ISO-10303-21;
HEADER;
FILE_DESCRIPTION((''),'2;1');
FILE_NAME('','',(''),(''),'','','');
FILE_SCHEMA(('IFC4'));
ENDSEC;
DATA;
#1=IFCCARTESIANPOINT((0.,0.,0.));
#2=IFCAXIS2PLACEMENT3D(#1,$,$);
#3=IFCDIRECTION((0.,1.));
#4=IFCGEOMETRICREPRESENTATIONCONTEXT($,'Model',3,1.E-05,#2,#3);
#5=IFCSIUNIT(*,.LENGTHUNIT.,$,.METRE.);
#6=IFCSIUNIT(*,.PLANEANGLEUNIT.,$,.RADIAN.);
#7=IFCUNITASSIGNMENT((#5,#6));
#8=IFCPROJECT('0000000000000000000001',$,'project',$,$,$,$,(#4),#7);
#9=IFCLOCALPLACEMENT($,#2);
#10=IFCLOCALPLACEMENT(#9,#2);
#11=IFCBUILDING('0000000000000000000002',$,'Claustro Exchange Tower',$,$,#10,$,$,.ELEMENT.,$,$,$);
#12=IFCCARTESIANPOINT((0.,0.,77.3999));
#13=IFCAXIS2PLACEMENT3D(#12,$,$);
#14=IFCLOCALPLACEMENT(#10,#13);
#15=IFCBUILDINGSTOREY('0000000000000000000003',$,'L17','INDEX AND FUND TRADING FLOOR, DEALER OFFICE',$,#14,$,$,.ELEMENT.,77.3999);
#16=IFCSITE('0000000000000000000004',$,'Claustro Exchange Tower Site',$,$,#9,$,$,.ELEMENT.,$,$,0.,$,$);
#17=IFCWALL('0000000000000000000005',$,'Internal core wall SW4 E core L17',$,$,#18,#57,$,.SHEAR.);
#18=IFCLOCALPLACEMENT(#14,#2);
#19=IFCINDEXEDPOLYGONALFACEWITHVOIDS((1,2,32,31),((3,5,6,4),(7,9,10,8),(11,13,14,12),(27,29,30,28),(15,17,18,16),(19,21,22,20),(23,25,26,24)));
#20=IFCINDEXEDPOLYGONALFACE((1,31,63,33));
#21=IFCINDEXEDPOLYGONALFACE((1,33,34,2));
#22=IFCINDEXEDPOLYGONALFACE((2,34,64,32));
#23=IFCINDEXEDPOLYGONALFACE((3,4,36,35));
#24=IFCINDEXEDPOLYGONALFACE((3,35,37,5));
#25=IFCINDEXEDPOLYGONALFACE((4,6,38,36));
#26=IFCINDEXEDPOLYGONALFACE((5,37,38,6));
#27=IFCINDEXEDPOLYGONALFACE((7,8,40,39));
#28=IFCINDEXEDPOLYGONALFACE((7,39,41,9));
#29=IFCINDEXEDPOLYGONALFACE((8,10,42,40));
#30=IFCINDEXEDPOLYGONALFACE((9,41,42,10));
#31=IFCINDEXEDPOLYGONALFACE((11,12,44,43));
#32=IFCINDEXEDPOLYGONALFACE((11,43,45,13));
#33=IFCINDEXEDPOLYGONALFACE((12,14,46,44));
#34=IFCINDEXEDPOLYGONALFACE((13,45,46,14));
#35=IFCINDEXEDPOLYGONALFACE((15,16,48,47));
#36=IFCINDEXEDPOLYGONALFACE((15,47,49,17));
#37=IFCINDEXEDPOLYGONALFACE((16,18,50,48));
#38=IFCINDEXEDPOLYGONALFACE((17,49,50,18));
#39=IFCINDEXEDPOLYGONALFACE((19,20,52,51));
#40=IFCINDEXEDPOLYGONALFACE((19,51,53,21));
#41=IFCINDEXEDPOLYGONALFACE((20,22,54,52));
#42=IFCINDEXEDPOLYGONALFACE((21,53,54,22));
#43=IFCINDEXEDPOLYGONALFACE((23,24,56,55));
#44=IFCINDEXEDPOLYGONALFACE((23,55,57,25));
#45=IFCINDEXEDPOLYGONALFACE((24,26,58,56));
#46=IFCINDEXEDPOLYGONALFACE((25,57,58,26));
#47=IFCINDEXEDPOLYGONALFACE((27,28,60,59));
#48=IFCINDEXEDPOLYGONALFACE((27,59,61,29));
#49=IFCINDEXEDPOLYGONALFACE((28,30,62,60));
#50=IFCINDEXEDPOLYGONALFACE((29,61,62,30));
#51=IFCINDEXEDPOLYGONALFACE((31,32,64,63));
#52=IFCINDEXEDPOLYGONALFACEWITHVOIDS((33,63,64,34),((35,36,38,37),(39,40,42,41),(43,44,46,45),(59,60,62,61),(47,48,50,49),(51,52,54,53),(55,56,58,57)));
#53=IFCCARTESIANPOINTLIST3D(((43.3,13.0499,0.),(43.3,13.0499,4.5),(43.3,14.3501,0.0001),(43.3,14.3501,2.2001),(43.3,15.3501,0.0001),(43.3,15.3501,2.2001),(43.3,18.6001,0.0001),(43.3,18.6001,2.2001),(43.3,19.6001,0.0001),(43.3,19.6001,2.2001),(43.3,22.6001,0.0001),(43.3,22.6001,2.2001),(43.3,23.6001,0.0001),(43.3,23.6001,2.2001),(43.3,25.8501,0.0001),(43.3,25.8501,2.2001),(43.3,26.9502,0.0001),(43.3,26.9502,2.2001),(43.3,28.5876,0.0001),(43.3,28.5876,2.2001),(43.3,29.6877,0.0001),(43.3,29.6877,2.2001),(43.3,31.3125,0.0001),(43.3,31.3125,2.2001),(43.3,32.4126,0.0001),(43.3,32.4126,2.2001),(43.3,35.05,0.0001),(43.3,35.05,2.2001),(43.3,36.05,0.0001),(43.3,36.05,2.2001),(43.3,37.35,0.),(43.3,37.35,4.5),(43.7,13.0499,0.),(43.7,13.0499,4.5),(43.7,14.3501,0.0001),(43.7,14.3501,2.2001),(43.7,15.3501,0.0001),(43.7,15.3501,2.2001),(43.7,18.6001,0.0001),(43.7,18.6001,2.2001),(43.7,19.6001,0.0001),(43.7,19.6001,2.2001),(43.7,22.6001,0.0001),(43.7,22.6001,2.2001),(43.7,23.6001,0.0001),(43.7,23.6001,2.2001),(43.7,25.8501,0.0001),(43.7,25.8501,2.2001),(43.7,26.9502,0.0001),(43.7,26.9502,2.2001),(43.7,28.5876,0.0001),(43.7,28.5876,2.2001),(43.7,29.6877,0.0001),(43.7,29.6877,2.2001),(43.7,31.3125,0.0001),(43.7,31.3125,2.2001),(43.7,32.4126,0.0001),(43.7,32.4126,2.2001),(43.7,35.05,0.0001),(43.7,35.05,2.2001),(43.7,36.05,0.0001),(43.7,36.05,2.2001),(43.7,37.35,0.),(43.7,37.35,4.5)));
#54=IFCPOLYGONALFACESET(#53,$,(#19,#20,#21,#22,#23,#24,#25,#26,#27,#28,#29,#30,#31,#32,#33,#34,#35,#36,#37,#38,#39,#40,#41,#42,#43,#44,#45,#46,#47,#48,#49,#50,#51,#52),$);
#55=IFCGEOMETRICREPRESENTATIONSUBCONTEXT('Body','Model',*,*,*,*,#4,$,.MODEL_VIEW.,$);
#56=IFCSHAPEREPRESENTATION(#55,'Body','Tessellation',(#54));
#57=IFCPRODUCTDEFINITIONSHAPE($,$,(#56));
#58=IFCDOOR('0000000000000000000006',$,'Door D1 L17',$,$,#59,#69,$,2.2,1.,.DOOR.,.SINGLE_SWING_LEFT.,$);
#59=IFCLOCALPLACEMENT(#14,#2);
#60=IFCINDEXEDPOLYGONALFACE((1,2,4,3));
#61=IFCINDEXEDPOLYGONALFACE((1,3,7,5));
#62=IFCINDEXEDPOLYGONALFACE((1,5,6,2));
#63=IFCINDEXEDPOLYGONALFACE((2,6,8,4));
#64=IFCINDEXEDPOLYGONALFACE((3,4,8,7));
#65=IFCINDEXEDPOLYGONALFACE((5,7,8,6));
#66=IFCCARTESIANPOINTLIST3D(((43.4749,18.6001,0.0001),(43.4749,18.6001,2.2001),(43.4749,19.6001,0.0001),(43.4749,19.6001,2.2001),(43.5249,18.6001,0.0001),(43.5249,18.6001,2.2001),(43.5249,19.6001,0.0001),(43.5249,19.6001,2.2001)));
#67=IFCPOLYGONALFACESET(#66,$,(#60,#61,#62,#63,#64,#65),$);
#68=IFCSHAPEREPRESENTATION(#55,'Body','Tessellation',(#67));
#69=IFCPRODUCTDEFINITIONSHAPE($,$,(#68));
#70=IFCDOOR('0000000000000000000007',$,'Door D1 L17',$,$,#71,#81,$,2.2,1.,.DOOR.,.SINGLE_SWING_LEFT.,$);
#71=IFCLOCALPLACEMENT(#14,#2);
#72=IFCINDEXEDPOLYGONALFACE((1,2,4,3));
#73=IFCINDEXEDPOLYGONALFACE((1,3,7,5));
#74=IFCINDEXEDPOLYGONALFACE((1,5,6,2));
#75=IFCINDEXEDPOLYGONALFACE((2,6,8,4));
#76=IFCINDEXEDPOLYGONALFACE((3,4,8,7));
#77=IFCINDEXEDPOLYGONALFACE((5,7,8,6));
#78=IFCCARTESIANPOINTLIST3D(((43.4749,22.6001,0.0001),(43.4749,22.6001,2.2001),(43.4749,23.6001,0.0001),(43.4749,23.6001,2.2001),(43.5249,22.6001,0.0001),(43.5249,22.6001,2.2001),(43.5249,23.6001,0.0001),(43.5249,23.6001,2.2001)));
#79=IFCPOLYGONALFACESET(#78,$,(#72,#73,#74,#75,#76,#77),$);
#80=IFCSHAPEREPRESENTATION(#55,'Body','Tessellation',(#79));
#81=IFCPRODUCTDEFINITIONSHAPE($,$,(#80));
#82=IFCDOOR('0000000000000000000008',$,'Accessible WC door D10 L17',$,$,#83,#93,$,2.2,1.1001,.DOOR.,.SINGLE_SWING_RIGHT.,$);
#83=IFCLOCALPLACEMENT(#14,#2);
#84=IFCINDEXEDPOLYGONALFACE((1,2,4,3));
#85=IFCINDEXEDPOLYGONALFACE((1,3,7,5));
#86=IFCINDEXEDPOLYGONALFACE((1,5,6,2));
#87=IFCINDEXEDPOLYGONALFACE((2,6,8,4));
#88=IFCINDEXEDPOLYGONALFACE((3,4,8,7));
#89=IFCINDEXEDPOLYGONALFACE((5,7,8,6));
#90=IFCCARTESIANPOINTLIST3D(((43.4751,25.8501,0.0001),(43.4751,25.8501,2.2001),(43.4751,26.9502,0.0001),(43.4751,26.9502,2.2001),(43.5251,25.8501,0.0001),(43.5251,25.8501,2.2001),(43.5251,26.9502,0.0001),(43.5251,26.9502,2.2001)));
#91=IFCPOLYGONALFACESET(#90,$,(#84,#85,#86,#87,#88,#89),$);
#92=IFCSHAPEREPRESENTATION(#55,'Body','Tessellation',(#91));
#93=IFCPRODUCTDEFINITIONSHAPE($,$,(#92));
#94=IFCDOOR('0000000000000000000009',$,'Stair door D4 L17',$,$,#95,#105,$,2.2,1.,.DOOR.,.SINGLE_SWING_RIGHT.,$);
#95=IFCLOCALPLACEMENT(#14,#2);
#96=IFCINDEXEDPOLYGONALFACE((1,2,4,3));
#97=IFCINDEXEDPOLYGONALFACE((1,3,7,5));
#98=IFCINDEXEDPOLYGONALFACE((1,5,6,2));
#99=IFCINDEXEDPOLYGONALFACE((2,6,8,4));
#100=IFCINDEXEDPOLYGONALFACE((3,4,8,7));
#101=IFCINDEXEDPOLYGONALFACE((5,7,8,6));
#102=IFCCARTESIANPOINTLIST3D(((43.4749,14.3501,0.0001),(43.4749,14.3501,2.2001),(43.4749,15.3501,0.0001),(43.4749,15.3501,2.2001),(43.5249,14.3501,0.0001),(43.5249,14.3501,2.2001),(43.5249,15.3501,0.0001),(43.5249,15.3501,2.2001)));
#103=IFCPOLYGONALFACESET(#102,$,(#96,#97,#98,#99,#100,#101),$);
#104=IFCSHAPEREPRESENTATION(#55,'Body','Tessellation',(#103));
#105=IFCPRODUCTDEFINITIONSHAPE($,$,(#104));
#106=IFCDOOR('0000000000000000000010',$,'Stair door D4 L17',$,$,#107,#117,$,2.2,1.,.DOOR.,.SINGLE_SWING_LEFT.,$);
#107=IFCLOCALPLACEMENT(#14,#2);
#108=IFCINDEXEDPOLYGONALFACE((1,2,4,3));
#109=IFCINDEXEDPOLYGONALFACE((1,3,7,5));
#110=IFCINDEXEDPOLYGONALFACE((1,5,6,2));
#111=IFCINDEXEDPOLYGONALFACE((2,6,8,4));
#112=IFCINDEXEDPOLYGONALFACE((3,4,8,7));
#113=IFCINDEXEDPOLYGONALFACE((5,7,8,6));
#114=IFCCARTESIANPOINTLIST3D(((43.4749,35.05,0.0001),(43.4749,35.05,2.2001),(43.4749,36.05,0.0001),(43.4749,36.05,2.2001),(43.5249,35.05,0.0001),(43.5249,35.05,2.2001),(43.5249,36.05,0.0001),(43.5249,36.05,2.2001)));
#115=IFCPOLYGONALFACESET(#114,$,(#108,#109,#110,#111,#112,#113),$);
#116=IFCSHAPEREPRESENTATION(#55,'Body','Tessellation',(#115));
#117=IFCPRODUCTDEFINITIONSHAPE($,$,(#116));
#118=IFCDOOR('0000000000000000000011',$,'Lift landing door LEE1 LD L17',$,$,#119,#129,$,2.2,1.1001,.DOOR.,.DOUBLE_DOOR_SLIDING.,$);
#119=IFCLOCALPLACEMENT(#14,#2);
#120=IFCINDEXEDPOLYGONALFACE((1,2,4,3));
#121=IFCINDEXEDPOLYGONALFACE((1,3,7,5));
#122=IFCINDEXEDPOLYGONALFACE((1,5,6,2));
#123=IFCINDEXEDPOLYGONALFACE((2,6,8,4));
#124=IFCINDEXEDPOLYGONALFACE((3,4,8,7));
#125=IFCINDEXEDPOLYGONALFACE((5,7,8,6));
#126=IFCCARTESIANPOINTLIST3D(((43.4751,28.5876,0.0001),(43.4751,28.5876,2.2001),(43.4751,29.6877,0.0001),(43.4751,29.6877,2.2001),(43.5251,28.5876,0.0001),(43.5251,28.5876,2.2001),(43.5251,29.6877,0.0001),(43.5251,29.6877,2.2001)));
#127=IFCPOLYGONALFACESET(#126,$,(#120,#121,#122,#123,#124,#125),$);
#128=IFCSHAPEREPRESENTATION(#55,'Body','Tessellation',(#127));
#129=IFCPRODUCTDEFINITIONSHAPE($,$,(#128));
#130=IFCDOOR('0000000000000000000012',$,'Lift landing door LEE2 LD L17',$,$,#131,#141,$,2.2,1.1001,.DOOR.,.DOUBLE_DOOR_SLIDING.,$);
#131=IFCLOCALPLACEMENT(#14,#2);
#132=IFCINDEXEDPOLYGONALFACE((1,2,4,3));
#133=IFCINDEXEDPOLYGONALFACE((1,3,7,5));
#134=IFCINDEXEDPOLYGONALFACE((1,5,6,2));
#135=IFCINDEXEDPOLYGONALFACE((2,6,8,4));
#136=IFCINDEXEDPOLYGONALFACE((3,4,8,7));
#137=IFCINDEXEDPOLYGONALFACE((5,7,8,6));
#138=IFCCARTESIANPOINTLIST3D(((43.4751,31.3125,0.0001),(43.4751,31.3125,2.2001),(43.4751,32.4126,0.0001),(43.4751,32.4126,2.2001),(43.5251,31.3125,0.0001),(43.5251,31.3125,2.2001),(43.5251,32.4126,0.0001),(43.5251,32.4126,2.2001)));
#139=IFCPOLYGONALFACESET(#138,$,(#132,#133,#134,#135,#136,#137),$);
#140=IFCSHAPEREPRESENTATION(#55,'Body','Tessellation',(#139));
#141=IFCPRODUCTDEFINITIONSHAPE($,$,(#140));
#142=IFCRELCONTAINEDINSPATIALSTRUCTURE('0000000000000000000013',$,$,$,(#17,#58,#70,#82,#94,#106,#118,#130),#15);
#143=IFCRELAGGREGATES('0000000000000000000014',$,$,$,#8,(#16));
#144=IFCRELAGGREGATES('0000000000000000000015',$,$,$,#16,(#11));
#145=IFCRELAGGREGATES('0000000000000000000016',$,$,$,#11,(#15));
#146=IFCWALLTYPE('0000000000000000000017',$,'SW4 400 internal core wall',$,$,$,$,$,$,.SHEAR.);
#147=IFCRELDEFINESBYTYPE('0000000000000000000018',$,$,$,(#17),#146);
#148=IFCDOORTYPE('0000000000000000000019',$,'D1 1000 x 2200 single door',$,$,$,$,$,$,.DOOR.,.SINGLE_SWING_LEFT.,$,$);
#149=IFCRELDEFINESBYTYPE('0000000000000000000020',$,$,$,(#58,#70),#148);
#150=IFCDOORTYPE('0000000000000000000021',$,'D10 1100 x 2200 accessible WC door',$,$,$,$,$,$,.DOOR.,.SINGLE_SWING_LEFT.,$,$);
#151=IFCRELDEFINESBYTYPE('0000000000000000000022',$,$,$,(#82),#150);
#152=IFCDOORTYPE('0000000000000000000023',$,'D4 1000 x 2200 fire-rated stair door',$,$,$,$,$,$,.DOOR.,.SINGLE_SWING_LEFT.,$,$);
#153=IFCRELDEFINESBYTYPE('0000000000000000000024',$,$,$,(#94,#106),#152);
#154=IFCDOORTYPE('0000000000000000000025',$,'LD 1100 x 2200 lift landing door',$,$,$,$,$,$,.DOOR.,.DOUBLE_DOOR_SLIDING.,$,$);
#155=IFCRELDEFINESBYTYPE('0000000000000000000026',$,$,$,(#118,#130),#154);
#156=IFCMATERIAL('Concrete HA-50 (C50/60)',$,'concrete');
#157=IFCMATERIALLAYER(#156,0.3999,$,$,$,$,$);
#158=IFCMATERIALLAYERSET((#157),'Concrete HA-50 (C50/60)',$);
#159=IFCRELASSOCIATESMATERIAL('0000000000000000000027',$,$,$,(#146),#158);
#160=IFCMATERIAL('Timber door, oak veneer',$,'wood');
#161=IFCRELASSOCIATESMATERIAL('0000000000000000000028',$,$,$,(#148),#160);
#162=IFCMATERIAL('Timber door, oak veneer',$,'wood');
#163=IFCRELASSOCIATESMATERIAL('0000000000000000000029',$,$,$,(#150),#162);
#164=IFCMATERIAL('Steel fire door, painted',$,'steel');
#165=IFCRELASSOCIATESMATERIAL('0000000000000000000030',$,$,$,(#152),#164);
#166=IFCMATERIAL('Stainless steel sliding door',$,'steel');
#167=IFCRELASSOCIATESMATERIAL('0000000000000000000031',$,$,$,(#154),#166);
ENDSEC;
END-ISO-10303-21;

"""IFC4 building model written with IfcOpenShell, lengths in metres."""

from ifc_helpers import new_model, si_unit, direction, frame, frame_2d, origin, place, context, subcontext, project, spatial, rectangle, extrude, material, layer, layer_set, type_object, element, fill, save


model = new_model("IFC4")

# Units and contexts
model_context = context("Model", 3, precision=1e-05, world=origin(), true_north=direction((0.0, 1.0)))
body_context = subcontext(model_context, "Body", "Model", "MODEL_VIEW")
ifc_project = project(units=[si_unit("LENGTHUNIT", "METRE"), si_unit("PLANEANGLEUNIT", "RADIAN")], contexts=[model_context])

# Site, building, storey
site_placement = place(None, origin())
site = spatial("IfcSite", under=ifc_project, at=site_placement, Name="Claustro Exchange Tower Site", CompositionType="ELEMENT", RefElevation=0.0)
building_placement = place(site_placement, origin())
building = spatial("IfcBuilding", under=site, at=building_placement, Name="Claustro Exchange Tower", CompositionType="ELEMENT")
storey_placement = place(building_placement, frame((0.0, 0.0, 77.3999)))
storey = spatial("IfcBuildingStorey", under=building, at=storey_placement, Name="L17", Description="INDEX AND FUND TRADING FLOOR, DEALER OFFICE", CompositionType="ELEMENT", Elevation=77.3999)

# Wall, openings, doors
ifc_material_1 = material(Name="Concrete HA-50 (C50/60)", Category="concrete")
ifc_layer_1 = layer(ifc_material_1, 0.3999)
ifc_layer_set_1 = layer_set([ifc_layer_1], Name="Concrete HA-50 (C50/60)")
wall_type_1 = type_object("IfcWallType", Name="SW4 400 internal core wall", PredefinedType="SHEAR", material=ifc_layer_set_1)
wall_1_placement = place(storey_placement, frame((43.5, 13.05, 0.0), z_axis=(0.0, 0.0, 1.0), x_axis=(0.0, 1.0, 0.0)))
wall_1 = element("IfcWall", 1, at=wall_1_placement, inside=storey, type_object=wall_type_1, Name="Internal core wall SW4 E core L17", PredefinedType="SHEAR", context=body_context, shape_type="SweptSolid", body=[
    extrude(rectangle(XDim=24.3, YDim=0.3999, at=frame_2d((12.1499, 0.0))), origin(), (0.0, 0.0, 1.0), 4.5),
])
opening_1_placement = place(wall_1_placement, frame((1.3, 0.0, 0.0)))
opening_1 = element("IfcOpeningElement", 2, at=opening_1_placement, cuts=wall_1, PredefinedType="OPENING", context=body_context, shape_type="SweptSolid", body=[
    extrude(rectangle(XDim=1.0, YDim=2.2, at=frame_2d((0.5, 1.1001))), frame((0.0, 0.21, 0.0), z_axis=(0.0, -1.0, 0.0), x_axis=(1.0, 0.0, 0.0)), (0.0, 0.0, 1.0), 0.4199),
])
opening_2_placement = place(wall_1_placement, frame((22.0, 0.0, 0.0)))
opening_2 = element("IfcOpeningElement", 3, at=opening_2_placement, cuts=wall_1, PredefinedType="OPENING", context=body_context, shape_type="SweptSolid", body=[
    extrude(rectangle(XDim=1.0, YDim=2.2, at=frame_2d((0.5, 1.1001))), frame((0.0, 0.21, 0.0), z_axis=(0.0, -1.0, 0.0), x_axis=(1.0, 0.0, 0.0)), (0.0, 0.0, 1.0), 0.4199),
])
opening_3_placement = place(wall_1_placement, frame((5.55, 0.0, 0.0)))
opening_3 = element("IfcOpeningElement", 4, at=opening_3_placement, cuts=wall_1, PredefinedType="OPENING", context=body_context, shape_type="SweptSolid", body=[
    extrude(rectangle(XDim=1.0, YDim=2.2, at=frame_2d((0.5, 1.1001))), frame((0.0, 0.21, 0.0), z_axis=(0.0, -1.0, 0.0), x_axis=(1.0, 0.0, 0.0)), (0.0, 0.0, 1.0), 0.4199),
])
opening_4_placement = place(wall_1_placement, frame((9.55, 0.0, 0.0)))
opening_4 = element("IfcOpeningElement", 5, at=opening_4_placement, cuts=wall_1, PredefinedType="OPENING", context=body_context, shape_type="SweptSolid", body=[
    extrude(rectangle(XDim=1.0, YDim=2.2, at=frame_2d((0.5, 1.1001))), frame((0.0, 0.21, 0.0), z_axis=(0.0, -1.0, 0.0), x_axis=(1.0, 0.0, 0.0)), (0.0, 0.0, 1.0), 0.4199),
])
opening_5_placement = place(wall_1_placement, frame((12.8, 0.0, 0.0)))
opening_5 = element("IfcOpeningElement", 6, at=opening_5_placement, cuts=wall_1, PredefinedType="OPENING", context=body_context, shape_type="SweptSolid", body=[
    extrude(rectangle(XDim=1.1001, YDim=2.2, at=frame_2d((0.55, 1.1001))), frame((0.0, 0.21, 0.0), z_axis=(0.0, -1.0, 0.0), x_axis=(1.0, 0.0, 0.0)), (0.0, 0.0, 1.0), 0.4199),
])
opening_6_placement = place(wall_1_placement, frame((15.5376, 0.0, 0.0)))
opening_6 = element("IfcOpeningElement", 7, at=opening_6_placement, cuts=wall_1, PredefinedType="OPENING", context=body_context, shape_type="SweptSolid", body=[
    extrude(rectangle(XDim=1.1001, YDim=2.2, at=frame_2d((0.55, 1.1001))), frame((0.0, 0.21, 0.0), z_axis=(0.0, -1.0, 0.0), x_axis=(1.0, 0.0, 0.0)), (0.0, 0.0, 1.0), 0.4199),
])
opening_7_placement = place(wall_1_placement, frame((18.2625, 0.0, 0.0)))
opening_7 = element("IfcOpeningElement", 8, at=opening_7_placement, cuts=wall_1, PredefinedType="OPENING", context=body_context, shape_type="SweptSolid", body=[
    extrude(rectangle(XDim=1.1001, YDim=2.2, at=frame_2d((0.55, 1.1001))), frame((0.0, 0.21, 0.0), z_axis=(0.0, -1.0, 0.0), x_axis=(1.0, 0.0, 0.0)), (0.0, 0.0, 1.0), 0.4199),
])
ifc_material_2 = material(Name="Timber door, oak veneer", Category="wood")
door_type_1 = type_object("IfcDoorType", Name="D1 1000 x 2200 single door", OperationType="SINGLE_SWING_LEFT", PredefinedType="DOOR", material=ifc_material_2)
door_1_placement = place(opening_3_placement, frame((1.0, 0.0, 0.0), z_axis=(0.0, 0.0, 1.0), x_axis=(-1.0, 0.0, 0.0)))
door_1 = element("IfcDoor", 9, at=door_1_placement, inside=storey, type_object=door_type_1, Name="Door D1 L17", OperationType="SINGLE_SWING_LEFT", OverallHeight=2.2, OverallWidth=1.0, PredefinedType="DOOR", context=body_context, shape_type="SweptSolid", body=[
    extrude(rectangle(XDim=1.0, YDim=2.2, at=frame_2d((0.5, 1.1001))), frame((0.0, 0.0249, 0.0), z_axis=(0.0, -1.0, 0.0), x_axis=(1.0, 0.0, 0.0)), (0.0, 0.0, 1.0), 0.05),
])
fill(opening_3, door_1)
door_2_placement = place(opening_4_placement, frame((1.0, 0.0, 0.0), z_axis=(0.0, 0.0, 1.0), x_axis=(-1.0, 0.0, 0.0)))
door_2 = element("IfcDoor", 10, at=door_2_placement, inside=storey, type_object=door_type_1, Name="Door D1 L17", OperationType="SINGLE_SWING_LEFT", OverallHeight=2.2, OverallWidth=1.0, PredefinedType="DOOR", context=body_context, shape_type="SweptSolid", body=[
    extrude(rectangle(XDim=1.0, YDim=2.2, at=frame_2d((0.5, 1.1001))), frame((0.0, 0.0249, 0.0), z_axis=(0.0, -1.0, 0.0), x_axis=(1.0, 0.0, 0.0)), (0.0, 0.0, 1.0), 0.05),
])
fill(opening_4, door_2)
ifc_material_3 = material(Name="Timber door, oak veneer", Category="wood")
door_type_2 = type_object("IfcDoorType", Name="D10 1100 x 2200 accessible WC door", OperationType="SINGLE_SWING_LEFT", PredefinedType="DOOR", material=ifc_material_3)
door_3_placement = place(opening_5_placement, origin())
door_3 = element("IfcDoor", 11, at=door_3_placement, inside=storey, type_object=door_type_2, Name="Accessible WC door D10 L17", OperationType="SINGLE_SWING_RIGHT", OverallHeight=2.2, OverallWidth=1.1001, PredefinedType="DOOR", context=body_context, shape_type="SweptSolid", body=[
    extrude(rectangle(XDim=1.1001, YDim=2.2, at=frame_2d((0.55, 1.1001))), frame((0.0, 0.0249, 0.0), z_axis=(0.0, -1.0, 0.0), x_axis=(1.0, 0.0, 0.0)), (0.0, 0.0, 1.0), 0.05),
])
fill(opening_5, door_3)
ifc_material_4 = material(Name="Steel fire door, painted", Category="steel")
door_type_3 = type_object("IfcDoorType", Name="D4 1000 x 2200 fire-rated stair door", OperationType="SINGLE_SWING_LEFT", PredefinedType="DOOR", material=ifc_material_4)
door_4_placement = place(opening_1_placement, frame((1.0, 0.0, 0.0), z_axis=(0.0, 0.0, 1.0), x_axis=(-1.0, 0.0, 0.0)))
door_4 = element("IfcDoor", 12, at=door_4_placement, inside=storey, type_object=door_type_3, Name="Stair door D4 L17", OperationType="SINGLE_SWING_RIGHT", OverallHeight=2.2, OverallWidth=1.0, PredefinedType="DOOR", context=body_context, shape_type="SweptSolid", body=[
    extrude(rectangle(XDim=1.0, YDim=2.2, at=frame_2d((0.5, 1.1001))), frame((0.0, 0.0249, 0.0), z_axis=(0.0, -1.0, 0.0), x_axis=(1.0, 0.0, 0.0)), (0.0, 0.0, 1.0), 0.05),
])
fill(opening_1, door_4)
door_5_placement = place(opening_2_placement, frame((1.0, 0.0, 0.0), z_axis=(0.0, 0.0, 1.0), x_axis=(-1.0, 0.0, 0.0)))
door_5 = element("IfcDoor", 13, at=door_5_placement, inside=storey, type_object=door_type_3, Name="Stair door D4 L17", OperationType="SINGLE_SWING_LEFT", OverallHeight=2.2, OverallWidth=1.0, PredefinedType="DOOR", context=body_context, shape_type="SweptSolid", body=[
    extrude(rectangle(XDim=1.0, YDim=2.2, at=frame_2d((0.5, 1.1001))), frame((0.0, 0.0249, 0.0), z_axis=(0.0, -1.0, 0.0), x_axis=(1.0, 0.0, 0.0)), (0.0, 0.0, 1.0), 0.05),
])
fill(opening_2, door_5)
ifc_material_5 = material(Name="Stainless steel sliding door", Category="steel")
door_type_4 = type_object("IfcDoorType", Name="LD 1100 x 2200 lift landing door", OperationType="DOUBLE_DOOR_SLIDING", PredefinedType="DOOR", material=ifc_material_5)
door_6_placement = place(opening_6_placement, origin())
door_6 = element("IfcDoor", 14, at=door_6_placement, inside=storey, type_object=door_type_4, Name="Lift landing door LEE1 LD L17", OperationType="DOUBLE_DOOR_SLIDING", OverallHeight=2.2, OverallWidth=1.1001, PredefinedType="DOOR", context=body_context, shape_type="SweptSolid", body=[
    extrude(rectangle(XDim=1.1001, YDim=2.2, at=frame_2d((0.55, 1.1001))), frame((0.0, 0.0249, 0.0), z_axis=(0.0, -1.0, 0.0), x_axis=(1.0, 0.0, 0.0)), (0.0, 0.0, 1.0), 0.05),
])
fill(opening_6, door_6)
door_7_placement = place(opening_7_placement, origin())
door_7 = element("IfcDoor", 15, at=door_7_placement, inside=storey, type_object=door_type_4, Name="Lift landing door LEE2 LD L17", OperationType="DOUBLE_DOOR_SLIDING", OverallHeight=2.2, OverallWidth=1.1001, PredefinedType="DOOR", context=body_context, shape_type="SweptSolid", body=[
    extrude(rectangle(XDim=1.1001, YDim=2.2, at=frame_2d((0.55, 1.1001))), frame((0.0, 0.0249, 0.0), z_axis=(0.0, -1.0, 0.0), x_axis=(1.0, 0.0, 0.0)), (0.0, 0.0, 1.0), 0.05),
])
fill(opening_7, door_7)

save(model, "model.ifc")
